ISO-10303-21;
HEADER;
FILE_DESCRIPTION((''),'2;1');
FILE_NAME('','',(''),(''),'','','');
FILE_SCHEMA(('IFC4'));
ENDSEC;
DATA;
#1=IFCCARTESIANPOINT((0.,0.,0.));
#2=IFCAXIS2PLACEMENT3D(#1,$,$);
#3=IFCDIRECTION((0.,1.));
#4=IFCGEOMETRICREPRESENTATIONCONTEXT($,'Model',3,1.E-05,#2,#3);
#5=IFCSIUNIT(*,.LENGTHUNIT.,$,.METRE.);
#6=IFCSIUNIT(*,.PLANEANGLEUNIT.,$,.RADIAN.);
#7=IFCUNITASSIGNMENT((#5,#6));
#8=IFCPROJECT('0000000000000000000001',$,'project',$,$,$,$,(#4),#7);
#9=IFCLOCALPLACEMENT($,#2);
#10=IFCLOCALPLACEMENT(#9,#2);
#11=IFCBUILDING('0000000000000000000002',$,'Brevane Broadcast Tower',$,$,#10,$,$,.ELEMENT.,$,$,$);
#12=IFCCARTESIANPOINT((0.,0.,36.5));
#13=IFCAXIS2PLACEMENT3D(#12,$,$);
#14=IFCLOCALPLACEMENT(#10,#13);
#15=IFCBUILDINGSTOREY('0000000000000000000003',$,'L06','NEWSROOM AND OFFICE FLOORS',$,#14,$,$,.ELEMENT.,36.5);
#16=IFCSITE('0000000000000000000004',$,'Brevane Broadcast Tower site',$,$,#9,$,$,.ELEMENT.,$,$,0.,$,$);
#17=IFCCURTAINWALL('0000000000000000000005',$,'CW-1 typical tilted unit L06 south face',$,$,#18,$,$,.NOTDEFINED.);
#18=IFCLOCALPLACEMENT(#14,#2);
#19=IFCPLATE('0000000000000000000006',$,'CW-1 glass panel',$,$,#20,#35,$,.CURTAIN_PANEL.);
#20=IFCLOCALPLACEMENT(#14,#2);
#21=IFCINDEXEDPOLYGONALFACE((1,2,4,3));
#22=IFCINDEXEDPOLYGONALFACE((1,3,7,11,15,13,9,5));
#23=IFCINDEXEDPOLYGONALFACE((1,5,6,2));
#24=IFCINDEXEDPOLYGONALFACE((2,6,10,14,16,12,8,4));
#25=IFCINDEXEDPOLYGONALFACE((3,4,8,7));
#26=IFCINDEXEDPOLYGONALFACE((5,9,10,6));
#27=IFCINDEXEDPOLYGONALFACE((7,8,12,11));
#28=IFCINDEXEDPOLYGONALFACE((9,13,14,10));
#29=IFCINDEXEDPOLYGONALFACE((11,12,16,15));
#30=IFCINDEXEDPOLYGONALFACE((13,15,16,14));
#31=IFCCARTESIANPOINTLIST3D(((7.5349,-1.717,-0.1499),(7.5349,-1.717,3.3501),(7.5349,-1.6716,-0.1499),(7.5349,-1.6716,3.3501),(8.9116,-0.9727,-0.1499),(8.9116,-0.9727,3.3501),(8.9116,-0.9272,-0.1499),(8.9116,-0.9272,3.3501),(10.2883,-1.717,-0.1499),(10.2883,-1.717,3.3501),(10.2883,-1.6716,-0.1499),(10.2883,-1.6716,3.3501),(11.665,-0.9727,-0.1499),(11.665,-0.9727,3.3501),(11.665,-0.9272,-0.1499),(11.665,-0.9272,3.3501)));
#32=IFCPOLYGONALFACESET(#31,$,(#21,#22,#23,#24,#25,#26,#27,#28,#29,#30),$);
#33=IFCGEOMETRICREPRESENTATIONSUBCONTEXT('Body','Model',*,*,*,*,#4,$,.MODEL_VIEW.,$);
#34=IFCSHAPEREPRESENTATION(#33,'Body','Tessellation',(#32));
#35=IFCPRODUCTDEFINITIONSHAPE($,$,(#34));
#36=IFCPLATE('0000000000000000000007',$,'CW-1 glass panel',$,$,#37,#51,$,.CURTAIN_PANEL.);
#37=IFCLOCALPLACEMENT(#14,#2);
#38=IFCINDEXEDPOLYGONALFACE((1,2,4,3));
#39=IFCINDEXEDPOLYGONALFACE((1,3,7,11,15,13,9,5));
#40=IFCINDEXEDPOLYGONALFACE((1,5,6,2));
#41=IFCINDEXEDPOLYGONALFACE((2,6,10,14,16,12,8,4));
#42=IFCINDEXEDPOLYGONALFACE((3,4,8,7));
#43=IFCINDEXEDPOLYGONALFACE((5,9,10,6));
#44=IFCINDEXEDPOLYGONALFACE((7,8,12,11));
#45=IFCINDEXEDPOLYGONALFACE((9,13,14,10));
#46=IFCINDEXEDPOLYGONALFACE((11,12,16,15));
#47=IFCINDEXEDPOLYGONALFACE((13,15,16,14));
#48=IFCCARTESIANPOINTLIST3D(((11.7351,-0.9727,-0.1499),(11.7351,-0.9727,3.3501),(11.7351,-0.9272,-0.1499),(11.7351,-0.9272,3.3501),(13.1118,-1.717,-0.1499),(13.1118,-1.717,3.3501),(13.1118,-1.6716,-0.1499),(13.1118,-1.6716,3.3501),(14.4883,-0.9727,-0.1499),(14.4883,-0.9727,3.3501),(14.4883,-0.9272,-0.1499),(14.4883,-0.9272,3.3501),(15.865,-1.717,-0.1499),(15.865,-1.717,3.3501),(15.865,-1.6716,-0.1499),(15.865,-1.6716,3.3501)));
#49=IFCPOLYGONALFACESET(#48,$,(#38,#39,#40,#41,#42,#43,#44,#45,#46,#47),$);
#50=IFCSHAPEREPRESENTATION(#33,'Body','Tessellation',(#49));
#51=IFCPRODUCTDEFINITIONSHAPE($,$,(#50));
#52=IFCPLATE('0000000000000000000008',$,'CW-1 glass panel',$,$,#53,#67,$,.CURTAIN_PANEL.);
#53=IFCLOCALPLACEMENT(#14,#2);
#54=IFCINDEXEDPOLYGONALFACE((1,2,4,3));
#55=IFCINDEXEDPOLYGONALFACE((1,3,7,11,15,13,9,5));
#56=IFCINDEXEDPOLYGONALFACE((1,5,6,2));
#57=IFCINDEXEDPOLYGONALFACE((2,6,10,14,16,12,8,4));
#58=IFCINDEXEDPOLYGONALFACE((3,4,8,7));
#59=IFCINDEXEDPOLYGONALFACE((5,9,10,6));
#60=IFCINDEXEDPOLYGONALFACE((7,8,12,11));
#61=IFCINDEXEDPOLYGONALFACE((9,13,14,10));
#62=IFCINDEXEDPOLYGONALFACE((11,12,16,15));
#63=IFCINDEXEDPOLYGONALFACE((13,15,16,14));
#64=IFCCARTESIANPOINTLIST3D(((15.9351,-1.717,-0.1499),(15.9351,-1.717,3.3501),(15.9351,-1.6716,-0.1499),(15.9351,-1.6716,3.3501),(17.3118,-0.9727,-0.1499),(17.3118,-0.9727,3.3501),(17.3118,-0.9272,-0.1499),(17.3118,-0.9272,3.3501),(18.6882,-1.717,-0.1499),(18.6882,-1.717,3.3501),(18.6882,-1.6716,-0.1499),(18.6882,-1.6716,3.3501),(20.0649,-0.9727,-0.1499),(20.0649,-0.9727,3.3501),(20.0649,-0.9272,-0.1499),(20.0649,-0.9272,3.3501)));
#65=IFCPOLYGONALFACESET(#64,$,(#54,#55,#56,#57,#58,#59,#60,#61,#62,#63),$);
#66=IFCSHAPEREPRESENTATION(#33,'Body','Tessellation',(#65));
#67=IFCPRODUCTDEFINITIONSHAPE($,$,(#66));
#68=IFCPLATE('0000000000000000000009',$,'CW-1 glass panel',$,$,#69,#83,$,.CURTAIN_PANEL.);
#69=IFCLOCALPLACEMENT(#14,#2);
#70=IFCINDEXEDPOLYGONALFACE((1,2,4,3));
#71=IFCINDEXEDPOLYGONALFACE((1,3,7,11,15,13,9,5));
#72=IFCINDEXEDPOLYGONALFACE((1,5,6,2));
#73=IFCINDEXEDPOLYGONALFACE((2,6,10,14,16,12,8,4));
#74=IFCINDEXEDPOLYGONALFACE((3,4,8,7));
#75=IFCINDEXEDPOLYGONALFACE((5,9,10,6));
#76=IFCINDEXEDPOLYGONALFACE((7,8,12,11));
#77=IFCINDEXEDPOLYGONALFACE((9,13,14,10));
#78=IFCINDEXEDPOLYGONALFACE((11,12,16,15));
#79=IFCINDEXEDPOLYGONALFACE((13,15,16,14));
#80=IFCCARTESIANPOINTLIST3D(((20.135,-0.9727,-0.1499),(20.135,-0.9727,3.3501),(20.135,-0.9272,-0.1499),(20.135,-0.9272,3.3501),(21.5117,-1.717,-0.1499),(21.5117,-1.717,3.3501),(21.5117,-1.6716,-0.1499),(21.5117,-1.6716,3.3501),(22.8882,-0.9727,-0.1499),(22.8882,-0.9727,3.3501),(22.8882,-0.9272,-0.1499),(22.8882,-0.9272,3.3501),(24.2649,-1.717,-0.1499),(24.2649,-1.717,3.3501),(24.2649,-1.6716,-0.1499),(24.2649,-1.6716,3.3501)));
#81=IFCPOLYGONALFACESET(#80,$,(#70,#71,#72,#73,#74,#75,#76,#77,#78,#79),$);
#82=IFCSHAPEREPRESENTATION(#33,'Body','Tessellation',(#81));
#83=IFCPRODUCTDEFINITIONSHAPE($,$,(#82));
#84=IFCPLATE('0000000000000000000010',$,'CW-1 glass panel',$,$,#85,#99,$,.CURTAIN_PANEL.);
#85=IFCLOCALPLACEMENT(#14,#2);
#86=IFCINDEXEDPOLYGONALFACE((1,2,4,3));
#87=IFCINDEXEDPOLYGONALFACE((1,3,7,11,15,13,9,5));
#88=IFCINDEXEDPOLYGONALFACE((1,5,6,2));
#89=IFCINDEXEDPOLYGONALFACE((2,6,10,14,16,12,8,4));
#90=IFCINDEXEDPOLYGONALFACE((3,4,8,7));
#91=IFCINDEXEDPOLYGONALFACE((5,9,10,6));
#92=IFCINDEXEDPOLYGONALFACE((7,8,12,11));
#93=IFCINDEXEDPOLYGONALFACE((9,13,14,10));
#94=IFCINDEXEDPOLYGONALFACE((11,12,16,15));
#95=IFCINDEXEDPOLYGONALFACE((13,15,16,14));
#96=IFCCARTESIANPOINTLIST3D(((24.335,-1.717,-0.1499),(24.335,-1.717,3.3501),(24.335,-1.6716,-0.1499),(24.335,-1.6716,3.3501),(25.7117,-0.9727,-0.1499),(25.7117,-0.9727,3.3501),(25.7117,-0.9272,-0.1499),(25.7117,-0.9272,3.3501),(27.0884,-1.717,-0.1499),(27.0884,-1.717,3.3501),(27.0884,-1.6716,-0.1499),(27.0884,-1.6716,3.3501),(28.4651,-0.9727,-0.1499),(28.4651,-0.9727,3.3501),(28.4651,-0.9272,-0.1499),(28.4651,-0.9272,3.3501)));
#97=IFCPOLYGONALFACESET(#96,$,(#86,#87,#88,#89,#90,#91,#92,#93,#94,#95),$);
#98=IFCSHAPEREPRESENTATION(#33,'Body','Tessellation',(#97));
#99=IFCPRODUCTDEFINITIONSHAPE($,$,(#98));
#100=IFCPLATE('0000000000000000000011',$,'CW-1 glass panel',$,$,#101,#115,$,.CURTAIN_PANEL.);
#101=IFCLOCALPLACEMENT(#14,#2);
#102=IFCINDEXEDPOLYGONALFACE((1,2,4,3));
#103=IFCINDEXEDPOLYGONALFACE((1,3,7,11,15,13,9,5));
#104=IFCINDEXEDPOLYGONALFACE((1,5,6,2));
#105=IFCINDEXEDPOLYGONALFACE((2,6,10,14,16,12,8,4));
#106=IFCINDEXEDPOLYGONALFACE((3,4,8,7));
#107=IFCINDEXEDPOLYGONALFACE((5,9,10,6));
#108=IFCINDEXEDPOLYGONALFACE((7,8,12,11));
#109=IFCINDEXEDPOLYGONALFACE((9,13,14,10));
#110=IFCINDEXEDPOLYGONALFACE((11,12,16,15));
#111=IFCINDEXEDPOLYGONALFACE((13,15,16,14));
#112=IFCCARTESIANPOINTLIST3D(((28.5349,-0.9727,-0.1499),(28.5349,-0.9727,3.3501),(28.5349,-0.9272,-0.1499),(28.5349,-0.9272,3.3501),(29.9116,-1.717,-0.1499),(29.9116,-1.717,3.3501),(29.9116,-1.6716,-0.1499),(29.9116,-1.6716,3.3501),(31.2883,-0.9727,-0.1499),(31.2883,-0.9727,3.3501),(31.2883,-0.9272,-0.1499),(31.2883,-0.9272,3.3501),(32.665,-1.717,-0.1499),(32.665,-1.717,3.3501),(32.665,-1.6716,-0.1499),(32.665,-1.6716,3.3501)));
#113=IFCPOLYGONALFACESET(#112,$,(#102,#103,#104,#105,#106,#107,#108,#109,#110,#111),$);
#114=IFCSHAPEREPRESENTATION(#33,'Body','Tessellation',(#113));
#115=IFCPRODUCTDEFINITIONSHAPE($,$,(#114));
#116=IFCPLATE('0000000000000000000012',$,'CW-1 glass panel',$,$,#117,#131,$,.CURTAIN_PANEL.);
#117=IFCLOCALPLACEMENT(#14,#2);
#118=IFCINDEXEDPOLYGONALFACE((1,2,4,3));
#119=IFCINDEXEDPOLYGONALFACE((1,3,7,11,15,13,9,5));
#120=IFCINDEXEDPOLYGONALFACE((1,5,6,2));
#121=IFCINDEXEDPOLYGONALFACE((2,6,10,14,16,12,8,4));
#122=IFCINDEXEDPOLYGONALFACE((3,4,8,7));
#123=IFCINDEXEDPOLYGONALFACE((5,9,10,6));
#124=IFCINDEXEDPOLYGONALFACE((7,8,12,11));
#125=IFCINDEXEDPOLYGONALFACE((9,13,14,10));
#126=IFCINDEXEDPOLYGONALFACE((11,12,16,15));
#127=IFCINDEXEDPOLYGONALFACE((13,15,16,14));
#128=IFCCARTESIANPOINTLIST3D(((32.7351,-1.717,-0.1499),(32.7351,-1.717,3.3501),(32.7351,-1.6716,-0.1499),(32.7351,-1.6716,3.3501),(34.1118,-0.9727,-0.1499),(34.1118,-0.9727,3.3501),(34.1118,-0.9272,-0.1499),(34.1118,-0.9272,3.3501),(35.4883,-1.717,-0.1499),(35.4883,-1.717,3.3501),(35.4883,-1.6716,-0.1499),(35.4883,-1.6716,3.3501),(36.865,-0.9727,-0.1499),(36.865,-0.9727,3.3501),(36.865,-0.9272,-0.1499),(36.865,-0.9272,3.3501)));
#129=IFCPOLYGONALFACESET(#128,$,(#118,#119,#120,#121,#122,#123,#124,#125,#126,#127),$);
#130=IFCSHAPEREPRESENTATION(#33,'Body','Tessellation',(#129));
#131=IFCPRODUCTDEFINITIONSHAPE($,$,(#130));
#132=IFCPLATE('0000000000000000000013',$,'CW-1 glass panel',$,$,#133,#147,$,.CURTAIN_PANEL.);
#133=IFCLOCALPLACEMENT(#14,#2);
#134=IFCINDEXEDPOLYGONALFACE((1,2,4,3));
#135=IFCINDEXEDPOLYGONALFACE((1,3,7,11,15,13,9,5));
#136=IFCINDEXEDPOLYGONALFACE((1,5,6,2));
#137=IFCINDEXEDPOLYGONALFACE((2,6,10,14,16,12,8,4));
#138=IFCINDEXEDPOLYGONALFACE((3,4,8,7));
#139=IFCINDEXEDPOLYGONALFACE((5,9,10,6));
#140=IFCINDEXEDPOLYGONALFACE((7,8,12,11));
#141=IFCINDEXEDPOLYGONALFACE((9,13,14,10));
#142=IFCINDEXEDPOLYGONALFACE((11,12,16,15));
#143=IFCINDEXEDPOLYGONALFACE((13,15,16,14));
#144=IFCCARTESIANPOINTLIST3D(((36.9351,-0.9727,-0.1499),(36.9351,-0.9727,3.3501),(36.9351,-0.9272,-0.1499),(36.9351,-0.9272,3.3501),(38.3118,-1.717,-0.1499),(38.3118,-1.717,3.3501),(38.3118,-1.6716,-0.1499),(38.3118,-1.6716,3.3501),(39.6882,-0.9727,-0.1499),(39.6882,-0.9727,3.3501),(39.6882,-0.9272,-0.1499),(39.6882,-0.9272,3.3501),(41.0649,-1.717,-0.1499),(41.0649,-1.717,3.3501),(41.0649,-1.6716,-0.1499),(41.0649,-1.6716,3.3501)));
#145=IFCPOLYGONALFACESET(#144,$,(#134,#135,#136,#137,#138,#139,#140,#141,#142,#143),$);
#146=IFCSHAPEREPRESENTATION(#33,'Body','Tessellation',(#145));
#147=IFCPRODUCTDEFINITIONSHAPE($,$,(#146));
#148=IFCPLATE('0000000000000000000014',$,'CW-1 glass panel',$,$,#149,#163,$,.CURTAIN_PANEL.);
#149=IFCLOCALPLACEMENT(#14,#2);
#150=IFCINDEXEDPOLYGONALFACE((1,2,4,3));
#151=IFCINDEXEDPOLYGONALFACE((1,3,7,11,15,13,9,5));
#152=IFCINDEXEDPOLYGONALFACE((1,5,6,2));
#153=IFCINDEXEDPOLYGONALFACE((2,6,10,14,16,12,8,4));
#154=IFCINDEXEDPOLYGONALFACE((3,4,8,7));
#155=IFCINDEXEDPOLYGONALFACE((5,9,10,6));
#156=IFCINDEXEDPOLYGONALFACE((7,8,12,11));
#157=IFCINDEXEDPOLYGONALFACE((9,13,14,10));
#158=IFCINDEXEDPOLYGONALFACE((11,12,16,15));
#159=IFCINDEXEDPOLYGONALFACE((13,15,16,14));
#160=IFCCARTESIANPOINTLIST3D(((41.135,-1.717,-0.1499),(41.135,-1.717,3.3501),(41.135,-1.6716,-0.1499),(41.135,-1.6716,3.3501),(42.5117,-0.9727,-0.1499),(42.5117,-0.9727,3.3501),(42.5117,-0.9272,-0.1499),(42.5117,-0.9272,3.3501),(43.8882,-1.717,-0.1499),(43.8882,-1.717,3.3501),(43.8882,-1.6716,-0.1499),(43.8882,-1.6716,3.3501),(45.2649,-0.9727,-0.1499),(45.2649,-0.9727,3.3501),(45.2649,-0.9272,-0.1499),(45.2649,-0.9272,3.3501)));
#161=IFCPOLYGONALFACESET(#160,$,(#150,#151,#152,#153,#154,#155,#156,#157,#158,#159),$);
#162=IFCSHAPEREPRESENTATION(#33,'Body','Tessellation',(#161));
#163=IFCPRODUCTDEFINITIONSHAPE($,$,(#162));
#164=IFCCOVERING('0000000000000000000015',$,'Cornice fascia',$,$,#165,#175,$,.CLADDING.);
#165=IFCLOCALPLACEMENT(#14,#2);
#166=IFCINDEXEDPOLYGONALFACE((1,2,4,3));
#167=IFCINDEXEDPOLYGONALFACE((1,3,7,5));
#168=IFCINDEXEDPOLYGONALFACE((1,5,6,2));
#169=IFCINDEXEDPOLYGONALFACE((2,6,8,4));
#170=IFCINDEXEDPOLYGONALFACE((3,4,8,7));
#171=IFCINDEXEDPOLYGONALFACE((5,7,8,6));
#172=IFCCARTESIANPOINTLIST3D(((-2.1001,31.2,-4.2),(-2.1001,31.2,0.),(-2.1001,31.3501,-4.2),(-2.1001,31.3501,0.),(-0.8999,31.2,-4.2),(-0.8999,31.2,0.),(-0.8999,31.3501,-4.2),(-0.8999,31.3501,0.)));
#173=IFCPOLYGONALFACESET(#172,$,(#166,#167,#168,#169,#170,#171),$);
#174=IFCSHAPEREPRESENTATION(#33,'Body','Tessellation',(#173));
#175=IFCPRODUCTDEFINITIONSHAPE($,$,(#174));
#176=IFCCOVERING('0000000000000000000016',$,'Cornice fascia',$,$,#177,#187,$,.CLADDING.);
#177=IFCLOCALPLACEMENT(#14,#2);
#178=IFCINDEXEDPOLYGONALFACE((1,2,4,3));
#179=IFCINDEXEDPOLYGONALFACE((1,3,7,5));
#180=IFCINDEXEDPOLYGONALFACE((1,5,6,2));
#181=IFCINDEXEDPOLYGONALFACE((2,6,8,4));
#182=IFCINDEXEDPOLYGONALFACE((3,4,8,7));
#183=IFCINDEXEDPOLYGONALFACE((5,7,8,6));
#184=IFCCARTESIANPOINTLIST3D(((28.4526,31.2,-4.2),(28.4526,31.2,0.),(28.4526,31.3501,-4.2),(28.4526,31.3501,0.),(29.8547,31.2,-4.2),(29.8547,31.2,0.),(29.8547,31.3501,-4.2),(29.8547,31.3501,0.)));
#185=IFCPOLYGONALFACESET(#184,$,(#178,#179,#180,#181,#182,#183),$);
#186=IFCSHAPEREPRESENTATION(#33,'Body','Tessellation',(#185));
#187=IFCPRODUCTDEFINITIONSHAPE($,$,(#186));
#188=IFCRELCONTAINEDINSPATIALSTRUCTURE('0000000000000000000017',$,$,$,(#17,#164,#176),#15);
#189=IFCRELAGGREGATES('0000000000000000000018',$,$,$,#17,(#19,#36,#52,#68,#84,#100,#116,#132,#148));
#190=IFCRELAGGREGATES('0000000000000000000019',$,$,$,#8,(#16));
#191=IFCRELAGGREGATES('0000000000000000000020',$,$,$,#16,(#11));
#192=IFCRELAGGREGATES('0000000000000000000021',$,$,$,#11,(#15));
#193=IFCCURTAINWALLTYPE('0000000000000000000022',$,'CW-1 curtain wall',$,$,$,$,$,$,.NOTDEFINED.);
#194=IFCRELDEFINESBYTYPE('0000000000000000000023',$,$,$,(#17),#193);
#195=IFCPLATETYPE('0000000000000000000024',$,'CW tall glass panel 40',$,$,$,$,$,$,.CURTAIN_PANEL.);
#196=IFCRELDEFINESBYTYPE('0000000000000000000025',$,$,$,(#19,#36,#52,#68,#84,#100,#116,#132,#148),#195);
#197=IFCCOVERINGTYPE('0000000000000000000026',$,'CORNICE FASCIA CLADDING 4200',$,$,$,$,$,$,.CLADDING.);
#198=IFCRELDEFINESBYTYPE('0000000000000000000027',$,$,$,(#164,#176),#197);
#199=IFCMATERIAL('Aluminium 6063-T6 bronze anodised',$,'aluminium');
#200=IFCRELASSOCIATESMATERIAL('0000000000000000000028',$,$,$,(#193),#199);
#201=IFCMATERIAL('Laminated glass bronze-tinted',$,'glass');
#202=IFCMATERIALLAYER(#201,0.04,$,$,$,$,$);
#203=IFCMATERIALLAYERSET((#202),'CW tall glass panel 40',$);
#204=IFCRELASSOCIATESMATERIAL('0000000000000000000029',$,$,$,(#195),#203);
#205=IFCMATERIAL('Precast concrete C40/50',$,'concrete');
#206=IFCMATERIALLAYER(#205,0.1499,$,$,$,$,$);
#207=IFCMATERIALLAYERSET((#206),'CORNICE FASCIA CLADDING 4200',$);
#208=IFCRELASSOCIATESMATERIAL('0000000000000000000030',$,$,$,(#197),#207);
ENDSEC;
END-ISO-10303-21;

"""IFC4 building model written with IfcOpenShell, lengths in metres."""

from ifc_helpers import new_model, si_unit, direction, frame, origin, place, context, subcontext, project, spatial, polyline, outline, extrude, material, layer, layer_set, type_object, element, aggregate, save


model = new_model("IFC4")

# Units and contexts
model_context = context("Model", 3, precision=1e-05, world=origin(), true_north=direction((0.0, 1.0)))
body_context = subcontext(model_context, "Body", "Model", "MODEL_VIEW")
ifc_project = project(units=[si_unit("LENGTHUNIT", "METRE"), si_unit("PLANEANGLEUNIT", "RADIAN")], contexts=[model_context])

# Site, building, storey
site_placement = place(None, origin())
site = spatial("IfcSite", under=ifc_project, at=site_placement, Name="Brevane Broadcast Tower site", CompositionType="ELEMENT", RefElevation=0.0)
building_placement = place(site_placement, origin())
building = spatial("IfcBuilding", under=site, at=building_placement, Name="Brevane Broadcast Tower", CompositionType="ELEMENT")
storey_placement = place(building_placement, frame((0.0, 0.0, 36.5)))
storey = spatial("IfcBuildingStorey", under=building, at=storey_placement, Name="L06", Description="NEWSROOM AND OFFICE FLOORS", CompositionType="ELEMENT", Elevation=36.5)

# Curtain wall, plates
ifc_material_1 = material(Name="Aluminium 6063-T6 bronze anodised", Category="aluminium")
curtain_wall_type = type_object("IfcCurtainWallType", Name="CW-1 curtain wall", PredefinedType="NOTDEFINED", material=ifc_material_1)
curtain_wall_placement = place(storey_placement, origin())
curtain_wall = element("IfcCurtainWall", 1, at=curtain_wall_placement, inside=storey, type_object=curtain_wall_type, Name="CW-1 typical tilted unit L06 south face", PredefinedType="NOTDEFINED")
ifc_material_2 = material(Name="Laminated glass bronze-tinted", Category="glass")
ifc_layer_1 = layer(ifc_material_2, 0.04)
ifc_layer_set_1 = layer_set([ifc_layer_1], Name="CW tall glass panel 40")
plate_type = type_object("IfcPlateType", Name="CW tall glass panel 40", PredefinedType="CURTAIN_PANEL", material=ifc_layer_set_1)
plate_1_placement = place(storey_placement, frame((0.0, 0.0, -0.1499)))
plate_1 = element("IfcPlate", 2, at=plate_1_placement, type_object=plate_type, Name="CW-1 glass panel", PredefinedType="CURTAIN_PANEL", context=body_context, shape_type="SweptSolid", body=[
    extrude(outline(polyline([(7.5349, -1.6716), (7.5349, -1.717), (8.9116, -0.9727), (10.2883, -1.717), (11.665, -0.9727), (11.665, -0.9272), (10.2883, -1.6716), (8.9116, -0.9272), (7.5349, -1.6716)])), origin(), (0.0, 0.0, 1.0), 3.5),
])
plate_2_placement = place(storey_placement, frame((0.0, 0.0, -0.1499)))
plate_2 = element("IfcPlate", 3, at=plate_2_placement, type_object=plate_type, Name="CW-1 glass panel", PredefinedType="CURTAIN_PANEL", context=body_context, shape_type="SweptSolid", body=[
    extrude(outline(polyline([(11.7351, -0.9272), (11.7351, -0.9727), (13.1118, -1.717), (14.4883, -0.9727), (15.865, -1.717), (15.865, -1.6716), (14.4883, -0.9272), (13.1118, -1.6716), (11.7351, -0.9272)])), origin(), (0.0, 0.0, 1.0), 3.5),
])
plate_3_placement = place(storey_placement, frame((0.0, 0.0, -0.1499)))
plate_3 = element("IfcPlate", 4, at=plate_3_placement, type_object=plate_type, Name="CW-1 glass panel", PredefinedType="CURTAIN_PANEL", context=body_context, shape_type="SweptSolid", body=[
    extrude(outline(polyline([(15.9351, -1.6716), (15.9351, -1.717), (17.3118, -0.9727), (18.6882, -1.717), (20.0649, -0.9727), (20.0649, -0.9272), (18.6882, -1.6716), (17.3118, -0.9272), (15.9351, -1.6716)])), origin(), (0.0, 0.0, 1.0), 3.5),
])
plate_4_placement = place(storey_placement, frame((0.0, 0.0, -0.1499)))
plate_4 = element("IfcPlate", 5, at=plate_4_placement, type_object=plate_type, Name="CW-1 glass panel", PredefinedType="CURTAIN_PANEL", context=body_context, shape_type="SweptSolid", body=[
    extrude(outline(polyline([(20.135, -0.9272), (20.135, -0.9727), (21.5117, -1.717), (22.8882, -0.9727), (24.2649, -1.717), (24.2649, -1.6716), (22.8882, -0.9272), (21.5117, -1.6716), (20.135, -0.9272)])), origin(), (0.0, 0.0, 1.0), 3.5),
])
plate_5_placement = place(storey_placement, frame((0.0, 0.0, -0.1499)))
plate_5 = element("IfcPlate", 6, at=plate_5_placement, type_object=plate_type, Name="CW-1 glass panel", PredefinedType="CURTAIN_PANEL", context=body_context, shape_type="SweptSolid", body=[
    extrude(outline(polyline([(24.335, -1.6716), (24.335, -1.717), (25.7117, -0.9727), (27.0884, -1.717), (28.4651, -0.9727), (28.4651, -0.9272), (27.0884, -1.6716), (25.7117, -0.9272), (24.335, -1.6716)])), origin(), (0.0, 0.0, 1.0), 3.5),
])
plate_6_placement = place(storey_placement, frame((0.0, 0.0, -0.1499)))
plate_6 = element("IfcPlate", 7, at=plate_6_placement, type_object=plate_type, Name="CW-1 glass panel", PredefinedType="CURTAIN_PANEL", context=body_context, shape_type="SweptSolid", body=[
    extrude(outline(polyline([(28.5349, -0.9272), (28.5349, -0.9727), (29.9116, -1.717), (31.2883, -0.9727), (32.665, -1.717), (32.665, -1.6716), (31.2883, -0.9272), (29.9116, -1.6716), (28.5349, -0.9272)])), origin(), (0.0, 0.0, 1.0), 3.5),
])
plate_7_placement = place(storey_placement, frame((0.0, 0.0, -0.1499)))
plate_7 = element("IfcPlate", 8, at=plate_7_placement, type_object=plate_type, Name="CW-1 glass panel", PredefinedType="CURTAIN_PANEL", context=body_context, shape_type="SweptSolid", body=[
    extrude(outline(polyline([(32.7351, -1.6716), (32.7351, -1.717), (34.1118, -0.9727), (35.4883, -1.717), (36.865, -0.9727), (36.865, -0.9272), (35.4883, -1.6716), (34.1118, -0.9272), (32.7351, -1.6716)])), origin(), (0.0, 0.0, 1.0), 3.5),
])
plate_8_placement = place(storey_placement, frame((0.0, 0.0, -0.1499)))
plate_8 = element("IfcPlate", 9, at=plate_8_placement, type_object=plate_type, Name="CW-1 glass panel", PredefinedType="CURTAIN_PANEL", context=body_context, shape_type="SweptSolid", body=[
    extrude(outline(polyline([(36.9351, -0.9272), (36.9351, -0.9727), (38.3118, -1.717), (39.6882, -0.9727), (41.0649, -1.717), (41.0649, -1.6716), (39.6882, -0.9272), (38.3118, -1.6716), (36.9351, -0.9272)])), origin(), (0.0, 0.0, 1.0), 3.5),
])
plate_9_placement = place(storey_placement, frame((0.0, 0.0, -0.1499)))
plate_9 = element("IfcPlate", 10, at=plate_9_placement, type_object=plate_type, Name="CW-1 glass panel", PredefinedType="CURTAIN_PANEL", context=body_context, shape_type="SweptSolid", body=[
    extrude(outline(polyline([(41.135, -1.6716), (41.135, -1.717), (42.5117, -0.9727), (43.8882, -1.717), (45.2649, -0.9727), (45.2649, -0.9272), (43.8882, -1.6716), (42.5117, -0.9272), (41.135, -1.6716)])), origin(), (0.0, 0.0, 1.0), 3.5),
])
aggregate(curtain_wall, [plate_1, plate_2, plate_3, plate_4, plate_5, plate_6, plate_7, plate_8, plate_9])

# Coverings
ifc_material_3 = material(Name="Precast concrete C40/50", Category="concrete")
ifc_layer_2 = layer(ifc_material_3, 0.1499)
ifc_layer_set_2 = layer_set([ifc_layer_2], Name="CORNICE FASCIA CLADDING 4200")
covering_type = type_object("IfcCoveringType", Name="CORNICE FASCIA CLADDING 4200", PredefinedType="CLADDING", material=ifc_layer_set_2)
covering_1_placement = place(storey_placement, frame((0.0, 0.0, -4.2)))
element("IfcCovering", 11, at=covering_1_placement, inside=storey, type_object=covering_type, Name="Cornice fascia", PredefinedType="CLADDING", context=body_context, shape_type="SweptSolid", body=[
    extrude(outline(polyline([(-2.1001, 31.2), (-0.8999, 31.2), (-0.8999, 31.3501), (-2.1001, 31.3501), (-2.1001, 31.2)])), origin(), (0.0, 0.0, 1.0), 4.2),
])
covering_2_placement = place(storey_placement, frame((0.0, 0.0, -4.2)))
element("IfcCovering", 12, at=covering_2_placement, inside=storey, type_object=covering_type, Name="Cornice fascia", PredefinedType="CLADDING", context=body_context, shape_type="SweptSolid", body=[
    extrude(outline(polyline([(28.4526, 31.2), (29.8547, 31.2), (29.8547, 31.3501), (28.4526, 31.3501), (28.4526, 31.2)])), origin(), (0.0, 0.0, 1.0), 4.2),
])

save(model, "model.ifc")
